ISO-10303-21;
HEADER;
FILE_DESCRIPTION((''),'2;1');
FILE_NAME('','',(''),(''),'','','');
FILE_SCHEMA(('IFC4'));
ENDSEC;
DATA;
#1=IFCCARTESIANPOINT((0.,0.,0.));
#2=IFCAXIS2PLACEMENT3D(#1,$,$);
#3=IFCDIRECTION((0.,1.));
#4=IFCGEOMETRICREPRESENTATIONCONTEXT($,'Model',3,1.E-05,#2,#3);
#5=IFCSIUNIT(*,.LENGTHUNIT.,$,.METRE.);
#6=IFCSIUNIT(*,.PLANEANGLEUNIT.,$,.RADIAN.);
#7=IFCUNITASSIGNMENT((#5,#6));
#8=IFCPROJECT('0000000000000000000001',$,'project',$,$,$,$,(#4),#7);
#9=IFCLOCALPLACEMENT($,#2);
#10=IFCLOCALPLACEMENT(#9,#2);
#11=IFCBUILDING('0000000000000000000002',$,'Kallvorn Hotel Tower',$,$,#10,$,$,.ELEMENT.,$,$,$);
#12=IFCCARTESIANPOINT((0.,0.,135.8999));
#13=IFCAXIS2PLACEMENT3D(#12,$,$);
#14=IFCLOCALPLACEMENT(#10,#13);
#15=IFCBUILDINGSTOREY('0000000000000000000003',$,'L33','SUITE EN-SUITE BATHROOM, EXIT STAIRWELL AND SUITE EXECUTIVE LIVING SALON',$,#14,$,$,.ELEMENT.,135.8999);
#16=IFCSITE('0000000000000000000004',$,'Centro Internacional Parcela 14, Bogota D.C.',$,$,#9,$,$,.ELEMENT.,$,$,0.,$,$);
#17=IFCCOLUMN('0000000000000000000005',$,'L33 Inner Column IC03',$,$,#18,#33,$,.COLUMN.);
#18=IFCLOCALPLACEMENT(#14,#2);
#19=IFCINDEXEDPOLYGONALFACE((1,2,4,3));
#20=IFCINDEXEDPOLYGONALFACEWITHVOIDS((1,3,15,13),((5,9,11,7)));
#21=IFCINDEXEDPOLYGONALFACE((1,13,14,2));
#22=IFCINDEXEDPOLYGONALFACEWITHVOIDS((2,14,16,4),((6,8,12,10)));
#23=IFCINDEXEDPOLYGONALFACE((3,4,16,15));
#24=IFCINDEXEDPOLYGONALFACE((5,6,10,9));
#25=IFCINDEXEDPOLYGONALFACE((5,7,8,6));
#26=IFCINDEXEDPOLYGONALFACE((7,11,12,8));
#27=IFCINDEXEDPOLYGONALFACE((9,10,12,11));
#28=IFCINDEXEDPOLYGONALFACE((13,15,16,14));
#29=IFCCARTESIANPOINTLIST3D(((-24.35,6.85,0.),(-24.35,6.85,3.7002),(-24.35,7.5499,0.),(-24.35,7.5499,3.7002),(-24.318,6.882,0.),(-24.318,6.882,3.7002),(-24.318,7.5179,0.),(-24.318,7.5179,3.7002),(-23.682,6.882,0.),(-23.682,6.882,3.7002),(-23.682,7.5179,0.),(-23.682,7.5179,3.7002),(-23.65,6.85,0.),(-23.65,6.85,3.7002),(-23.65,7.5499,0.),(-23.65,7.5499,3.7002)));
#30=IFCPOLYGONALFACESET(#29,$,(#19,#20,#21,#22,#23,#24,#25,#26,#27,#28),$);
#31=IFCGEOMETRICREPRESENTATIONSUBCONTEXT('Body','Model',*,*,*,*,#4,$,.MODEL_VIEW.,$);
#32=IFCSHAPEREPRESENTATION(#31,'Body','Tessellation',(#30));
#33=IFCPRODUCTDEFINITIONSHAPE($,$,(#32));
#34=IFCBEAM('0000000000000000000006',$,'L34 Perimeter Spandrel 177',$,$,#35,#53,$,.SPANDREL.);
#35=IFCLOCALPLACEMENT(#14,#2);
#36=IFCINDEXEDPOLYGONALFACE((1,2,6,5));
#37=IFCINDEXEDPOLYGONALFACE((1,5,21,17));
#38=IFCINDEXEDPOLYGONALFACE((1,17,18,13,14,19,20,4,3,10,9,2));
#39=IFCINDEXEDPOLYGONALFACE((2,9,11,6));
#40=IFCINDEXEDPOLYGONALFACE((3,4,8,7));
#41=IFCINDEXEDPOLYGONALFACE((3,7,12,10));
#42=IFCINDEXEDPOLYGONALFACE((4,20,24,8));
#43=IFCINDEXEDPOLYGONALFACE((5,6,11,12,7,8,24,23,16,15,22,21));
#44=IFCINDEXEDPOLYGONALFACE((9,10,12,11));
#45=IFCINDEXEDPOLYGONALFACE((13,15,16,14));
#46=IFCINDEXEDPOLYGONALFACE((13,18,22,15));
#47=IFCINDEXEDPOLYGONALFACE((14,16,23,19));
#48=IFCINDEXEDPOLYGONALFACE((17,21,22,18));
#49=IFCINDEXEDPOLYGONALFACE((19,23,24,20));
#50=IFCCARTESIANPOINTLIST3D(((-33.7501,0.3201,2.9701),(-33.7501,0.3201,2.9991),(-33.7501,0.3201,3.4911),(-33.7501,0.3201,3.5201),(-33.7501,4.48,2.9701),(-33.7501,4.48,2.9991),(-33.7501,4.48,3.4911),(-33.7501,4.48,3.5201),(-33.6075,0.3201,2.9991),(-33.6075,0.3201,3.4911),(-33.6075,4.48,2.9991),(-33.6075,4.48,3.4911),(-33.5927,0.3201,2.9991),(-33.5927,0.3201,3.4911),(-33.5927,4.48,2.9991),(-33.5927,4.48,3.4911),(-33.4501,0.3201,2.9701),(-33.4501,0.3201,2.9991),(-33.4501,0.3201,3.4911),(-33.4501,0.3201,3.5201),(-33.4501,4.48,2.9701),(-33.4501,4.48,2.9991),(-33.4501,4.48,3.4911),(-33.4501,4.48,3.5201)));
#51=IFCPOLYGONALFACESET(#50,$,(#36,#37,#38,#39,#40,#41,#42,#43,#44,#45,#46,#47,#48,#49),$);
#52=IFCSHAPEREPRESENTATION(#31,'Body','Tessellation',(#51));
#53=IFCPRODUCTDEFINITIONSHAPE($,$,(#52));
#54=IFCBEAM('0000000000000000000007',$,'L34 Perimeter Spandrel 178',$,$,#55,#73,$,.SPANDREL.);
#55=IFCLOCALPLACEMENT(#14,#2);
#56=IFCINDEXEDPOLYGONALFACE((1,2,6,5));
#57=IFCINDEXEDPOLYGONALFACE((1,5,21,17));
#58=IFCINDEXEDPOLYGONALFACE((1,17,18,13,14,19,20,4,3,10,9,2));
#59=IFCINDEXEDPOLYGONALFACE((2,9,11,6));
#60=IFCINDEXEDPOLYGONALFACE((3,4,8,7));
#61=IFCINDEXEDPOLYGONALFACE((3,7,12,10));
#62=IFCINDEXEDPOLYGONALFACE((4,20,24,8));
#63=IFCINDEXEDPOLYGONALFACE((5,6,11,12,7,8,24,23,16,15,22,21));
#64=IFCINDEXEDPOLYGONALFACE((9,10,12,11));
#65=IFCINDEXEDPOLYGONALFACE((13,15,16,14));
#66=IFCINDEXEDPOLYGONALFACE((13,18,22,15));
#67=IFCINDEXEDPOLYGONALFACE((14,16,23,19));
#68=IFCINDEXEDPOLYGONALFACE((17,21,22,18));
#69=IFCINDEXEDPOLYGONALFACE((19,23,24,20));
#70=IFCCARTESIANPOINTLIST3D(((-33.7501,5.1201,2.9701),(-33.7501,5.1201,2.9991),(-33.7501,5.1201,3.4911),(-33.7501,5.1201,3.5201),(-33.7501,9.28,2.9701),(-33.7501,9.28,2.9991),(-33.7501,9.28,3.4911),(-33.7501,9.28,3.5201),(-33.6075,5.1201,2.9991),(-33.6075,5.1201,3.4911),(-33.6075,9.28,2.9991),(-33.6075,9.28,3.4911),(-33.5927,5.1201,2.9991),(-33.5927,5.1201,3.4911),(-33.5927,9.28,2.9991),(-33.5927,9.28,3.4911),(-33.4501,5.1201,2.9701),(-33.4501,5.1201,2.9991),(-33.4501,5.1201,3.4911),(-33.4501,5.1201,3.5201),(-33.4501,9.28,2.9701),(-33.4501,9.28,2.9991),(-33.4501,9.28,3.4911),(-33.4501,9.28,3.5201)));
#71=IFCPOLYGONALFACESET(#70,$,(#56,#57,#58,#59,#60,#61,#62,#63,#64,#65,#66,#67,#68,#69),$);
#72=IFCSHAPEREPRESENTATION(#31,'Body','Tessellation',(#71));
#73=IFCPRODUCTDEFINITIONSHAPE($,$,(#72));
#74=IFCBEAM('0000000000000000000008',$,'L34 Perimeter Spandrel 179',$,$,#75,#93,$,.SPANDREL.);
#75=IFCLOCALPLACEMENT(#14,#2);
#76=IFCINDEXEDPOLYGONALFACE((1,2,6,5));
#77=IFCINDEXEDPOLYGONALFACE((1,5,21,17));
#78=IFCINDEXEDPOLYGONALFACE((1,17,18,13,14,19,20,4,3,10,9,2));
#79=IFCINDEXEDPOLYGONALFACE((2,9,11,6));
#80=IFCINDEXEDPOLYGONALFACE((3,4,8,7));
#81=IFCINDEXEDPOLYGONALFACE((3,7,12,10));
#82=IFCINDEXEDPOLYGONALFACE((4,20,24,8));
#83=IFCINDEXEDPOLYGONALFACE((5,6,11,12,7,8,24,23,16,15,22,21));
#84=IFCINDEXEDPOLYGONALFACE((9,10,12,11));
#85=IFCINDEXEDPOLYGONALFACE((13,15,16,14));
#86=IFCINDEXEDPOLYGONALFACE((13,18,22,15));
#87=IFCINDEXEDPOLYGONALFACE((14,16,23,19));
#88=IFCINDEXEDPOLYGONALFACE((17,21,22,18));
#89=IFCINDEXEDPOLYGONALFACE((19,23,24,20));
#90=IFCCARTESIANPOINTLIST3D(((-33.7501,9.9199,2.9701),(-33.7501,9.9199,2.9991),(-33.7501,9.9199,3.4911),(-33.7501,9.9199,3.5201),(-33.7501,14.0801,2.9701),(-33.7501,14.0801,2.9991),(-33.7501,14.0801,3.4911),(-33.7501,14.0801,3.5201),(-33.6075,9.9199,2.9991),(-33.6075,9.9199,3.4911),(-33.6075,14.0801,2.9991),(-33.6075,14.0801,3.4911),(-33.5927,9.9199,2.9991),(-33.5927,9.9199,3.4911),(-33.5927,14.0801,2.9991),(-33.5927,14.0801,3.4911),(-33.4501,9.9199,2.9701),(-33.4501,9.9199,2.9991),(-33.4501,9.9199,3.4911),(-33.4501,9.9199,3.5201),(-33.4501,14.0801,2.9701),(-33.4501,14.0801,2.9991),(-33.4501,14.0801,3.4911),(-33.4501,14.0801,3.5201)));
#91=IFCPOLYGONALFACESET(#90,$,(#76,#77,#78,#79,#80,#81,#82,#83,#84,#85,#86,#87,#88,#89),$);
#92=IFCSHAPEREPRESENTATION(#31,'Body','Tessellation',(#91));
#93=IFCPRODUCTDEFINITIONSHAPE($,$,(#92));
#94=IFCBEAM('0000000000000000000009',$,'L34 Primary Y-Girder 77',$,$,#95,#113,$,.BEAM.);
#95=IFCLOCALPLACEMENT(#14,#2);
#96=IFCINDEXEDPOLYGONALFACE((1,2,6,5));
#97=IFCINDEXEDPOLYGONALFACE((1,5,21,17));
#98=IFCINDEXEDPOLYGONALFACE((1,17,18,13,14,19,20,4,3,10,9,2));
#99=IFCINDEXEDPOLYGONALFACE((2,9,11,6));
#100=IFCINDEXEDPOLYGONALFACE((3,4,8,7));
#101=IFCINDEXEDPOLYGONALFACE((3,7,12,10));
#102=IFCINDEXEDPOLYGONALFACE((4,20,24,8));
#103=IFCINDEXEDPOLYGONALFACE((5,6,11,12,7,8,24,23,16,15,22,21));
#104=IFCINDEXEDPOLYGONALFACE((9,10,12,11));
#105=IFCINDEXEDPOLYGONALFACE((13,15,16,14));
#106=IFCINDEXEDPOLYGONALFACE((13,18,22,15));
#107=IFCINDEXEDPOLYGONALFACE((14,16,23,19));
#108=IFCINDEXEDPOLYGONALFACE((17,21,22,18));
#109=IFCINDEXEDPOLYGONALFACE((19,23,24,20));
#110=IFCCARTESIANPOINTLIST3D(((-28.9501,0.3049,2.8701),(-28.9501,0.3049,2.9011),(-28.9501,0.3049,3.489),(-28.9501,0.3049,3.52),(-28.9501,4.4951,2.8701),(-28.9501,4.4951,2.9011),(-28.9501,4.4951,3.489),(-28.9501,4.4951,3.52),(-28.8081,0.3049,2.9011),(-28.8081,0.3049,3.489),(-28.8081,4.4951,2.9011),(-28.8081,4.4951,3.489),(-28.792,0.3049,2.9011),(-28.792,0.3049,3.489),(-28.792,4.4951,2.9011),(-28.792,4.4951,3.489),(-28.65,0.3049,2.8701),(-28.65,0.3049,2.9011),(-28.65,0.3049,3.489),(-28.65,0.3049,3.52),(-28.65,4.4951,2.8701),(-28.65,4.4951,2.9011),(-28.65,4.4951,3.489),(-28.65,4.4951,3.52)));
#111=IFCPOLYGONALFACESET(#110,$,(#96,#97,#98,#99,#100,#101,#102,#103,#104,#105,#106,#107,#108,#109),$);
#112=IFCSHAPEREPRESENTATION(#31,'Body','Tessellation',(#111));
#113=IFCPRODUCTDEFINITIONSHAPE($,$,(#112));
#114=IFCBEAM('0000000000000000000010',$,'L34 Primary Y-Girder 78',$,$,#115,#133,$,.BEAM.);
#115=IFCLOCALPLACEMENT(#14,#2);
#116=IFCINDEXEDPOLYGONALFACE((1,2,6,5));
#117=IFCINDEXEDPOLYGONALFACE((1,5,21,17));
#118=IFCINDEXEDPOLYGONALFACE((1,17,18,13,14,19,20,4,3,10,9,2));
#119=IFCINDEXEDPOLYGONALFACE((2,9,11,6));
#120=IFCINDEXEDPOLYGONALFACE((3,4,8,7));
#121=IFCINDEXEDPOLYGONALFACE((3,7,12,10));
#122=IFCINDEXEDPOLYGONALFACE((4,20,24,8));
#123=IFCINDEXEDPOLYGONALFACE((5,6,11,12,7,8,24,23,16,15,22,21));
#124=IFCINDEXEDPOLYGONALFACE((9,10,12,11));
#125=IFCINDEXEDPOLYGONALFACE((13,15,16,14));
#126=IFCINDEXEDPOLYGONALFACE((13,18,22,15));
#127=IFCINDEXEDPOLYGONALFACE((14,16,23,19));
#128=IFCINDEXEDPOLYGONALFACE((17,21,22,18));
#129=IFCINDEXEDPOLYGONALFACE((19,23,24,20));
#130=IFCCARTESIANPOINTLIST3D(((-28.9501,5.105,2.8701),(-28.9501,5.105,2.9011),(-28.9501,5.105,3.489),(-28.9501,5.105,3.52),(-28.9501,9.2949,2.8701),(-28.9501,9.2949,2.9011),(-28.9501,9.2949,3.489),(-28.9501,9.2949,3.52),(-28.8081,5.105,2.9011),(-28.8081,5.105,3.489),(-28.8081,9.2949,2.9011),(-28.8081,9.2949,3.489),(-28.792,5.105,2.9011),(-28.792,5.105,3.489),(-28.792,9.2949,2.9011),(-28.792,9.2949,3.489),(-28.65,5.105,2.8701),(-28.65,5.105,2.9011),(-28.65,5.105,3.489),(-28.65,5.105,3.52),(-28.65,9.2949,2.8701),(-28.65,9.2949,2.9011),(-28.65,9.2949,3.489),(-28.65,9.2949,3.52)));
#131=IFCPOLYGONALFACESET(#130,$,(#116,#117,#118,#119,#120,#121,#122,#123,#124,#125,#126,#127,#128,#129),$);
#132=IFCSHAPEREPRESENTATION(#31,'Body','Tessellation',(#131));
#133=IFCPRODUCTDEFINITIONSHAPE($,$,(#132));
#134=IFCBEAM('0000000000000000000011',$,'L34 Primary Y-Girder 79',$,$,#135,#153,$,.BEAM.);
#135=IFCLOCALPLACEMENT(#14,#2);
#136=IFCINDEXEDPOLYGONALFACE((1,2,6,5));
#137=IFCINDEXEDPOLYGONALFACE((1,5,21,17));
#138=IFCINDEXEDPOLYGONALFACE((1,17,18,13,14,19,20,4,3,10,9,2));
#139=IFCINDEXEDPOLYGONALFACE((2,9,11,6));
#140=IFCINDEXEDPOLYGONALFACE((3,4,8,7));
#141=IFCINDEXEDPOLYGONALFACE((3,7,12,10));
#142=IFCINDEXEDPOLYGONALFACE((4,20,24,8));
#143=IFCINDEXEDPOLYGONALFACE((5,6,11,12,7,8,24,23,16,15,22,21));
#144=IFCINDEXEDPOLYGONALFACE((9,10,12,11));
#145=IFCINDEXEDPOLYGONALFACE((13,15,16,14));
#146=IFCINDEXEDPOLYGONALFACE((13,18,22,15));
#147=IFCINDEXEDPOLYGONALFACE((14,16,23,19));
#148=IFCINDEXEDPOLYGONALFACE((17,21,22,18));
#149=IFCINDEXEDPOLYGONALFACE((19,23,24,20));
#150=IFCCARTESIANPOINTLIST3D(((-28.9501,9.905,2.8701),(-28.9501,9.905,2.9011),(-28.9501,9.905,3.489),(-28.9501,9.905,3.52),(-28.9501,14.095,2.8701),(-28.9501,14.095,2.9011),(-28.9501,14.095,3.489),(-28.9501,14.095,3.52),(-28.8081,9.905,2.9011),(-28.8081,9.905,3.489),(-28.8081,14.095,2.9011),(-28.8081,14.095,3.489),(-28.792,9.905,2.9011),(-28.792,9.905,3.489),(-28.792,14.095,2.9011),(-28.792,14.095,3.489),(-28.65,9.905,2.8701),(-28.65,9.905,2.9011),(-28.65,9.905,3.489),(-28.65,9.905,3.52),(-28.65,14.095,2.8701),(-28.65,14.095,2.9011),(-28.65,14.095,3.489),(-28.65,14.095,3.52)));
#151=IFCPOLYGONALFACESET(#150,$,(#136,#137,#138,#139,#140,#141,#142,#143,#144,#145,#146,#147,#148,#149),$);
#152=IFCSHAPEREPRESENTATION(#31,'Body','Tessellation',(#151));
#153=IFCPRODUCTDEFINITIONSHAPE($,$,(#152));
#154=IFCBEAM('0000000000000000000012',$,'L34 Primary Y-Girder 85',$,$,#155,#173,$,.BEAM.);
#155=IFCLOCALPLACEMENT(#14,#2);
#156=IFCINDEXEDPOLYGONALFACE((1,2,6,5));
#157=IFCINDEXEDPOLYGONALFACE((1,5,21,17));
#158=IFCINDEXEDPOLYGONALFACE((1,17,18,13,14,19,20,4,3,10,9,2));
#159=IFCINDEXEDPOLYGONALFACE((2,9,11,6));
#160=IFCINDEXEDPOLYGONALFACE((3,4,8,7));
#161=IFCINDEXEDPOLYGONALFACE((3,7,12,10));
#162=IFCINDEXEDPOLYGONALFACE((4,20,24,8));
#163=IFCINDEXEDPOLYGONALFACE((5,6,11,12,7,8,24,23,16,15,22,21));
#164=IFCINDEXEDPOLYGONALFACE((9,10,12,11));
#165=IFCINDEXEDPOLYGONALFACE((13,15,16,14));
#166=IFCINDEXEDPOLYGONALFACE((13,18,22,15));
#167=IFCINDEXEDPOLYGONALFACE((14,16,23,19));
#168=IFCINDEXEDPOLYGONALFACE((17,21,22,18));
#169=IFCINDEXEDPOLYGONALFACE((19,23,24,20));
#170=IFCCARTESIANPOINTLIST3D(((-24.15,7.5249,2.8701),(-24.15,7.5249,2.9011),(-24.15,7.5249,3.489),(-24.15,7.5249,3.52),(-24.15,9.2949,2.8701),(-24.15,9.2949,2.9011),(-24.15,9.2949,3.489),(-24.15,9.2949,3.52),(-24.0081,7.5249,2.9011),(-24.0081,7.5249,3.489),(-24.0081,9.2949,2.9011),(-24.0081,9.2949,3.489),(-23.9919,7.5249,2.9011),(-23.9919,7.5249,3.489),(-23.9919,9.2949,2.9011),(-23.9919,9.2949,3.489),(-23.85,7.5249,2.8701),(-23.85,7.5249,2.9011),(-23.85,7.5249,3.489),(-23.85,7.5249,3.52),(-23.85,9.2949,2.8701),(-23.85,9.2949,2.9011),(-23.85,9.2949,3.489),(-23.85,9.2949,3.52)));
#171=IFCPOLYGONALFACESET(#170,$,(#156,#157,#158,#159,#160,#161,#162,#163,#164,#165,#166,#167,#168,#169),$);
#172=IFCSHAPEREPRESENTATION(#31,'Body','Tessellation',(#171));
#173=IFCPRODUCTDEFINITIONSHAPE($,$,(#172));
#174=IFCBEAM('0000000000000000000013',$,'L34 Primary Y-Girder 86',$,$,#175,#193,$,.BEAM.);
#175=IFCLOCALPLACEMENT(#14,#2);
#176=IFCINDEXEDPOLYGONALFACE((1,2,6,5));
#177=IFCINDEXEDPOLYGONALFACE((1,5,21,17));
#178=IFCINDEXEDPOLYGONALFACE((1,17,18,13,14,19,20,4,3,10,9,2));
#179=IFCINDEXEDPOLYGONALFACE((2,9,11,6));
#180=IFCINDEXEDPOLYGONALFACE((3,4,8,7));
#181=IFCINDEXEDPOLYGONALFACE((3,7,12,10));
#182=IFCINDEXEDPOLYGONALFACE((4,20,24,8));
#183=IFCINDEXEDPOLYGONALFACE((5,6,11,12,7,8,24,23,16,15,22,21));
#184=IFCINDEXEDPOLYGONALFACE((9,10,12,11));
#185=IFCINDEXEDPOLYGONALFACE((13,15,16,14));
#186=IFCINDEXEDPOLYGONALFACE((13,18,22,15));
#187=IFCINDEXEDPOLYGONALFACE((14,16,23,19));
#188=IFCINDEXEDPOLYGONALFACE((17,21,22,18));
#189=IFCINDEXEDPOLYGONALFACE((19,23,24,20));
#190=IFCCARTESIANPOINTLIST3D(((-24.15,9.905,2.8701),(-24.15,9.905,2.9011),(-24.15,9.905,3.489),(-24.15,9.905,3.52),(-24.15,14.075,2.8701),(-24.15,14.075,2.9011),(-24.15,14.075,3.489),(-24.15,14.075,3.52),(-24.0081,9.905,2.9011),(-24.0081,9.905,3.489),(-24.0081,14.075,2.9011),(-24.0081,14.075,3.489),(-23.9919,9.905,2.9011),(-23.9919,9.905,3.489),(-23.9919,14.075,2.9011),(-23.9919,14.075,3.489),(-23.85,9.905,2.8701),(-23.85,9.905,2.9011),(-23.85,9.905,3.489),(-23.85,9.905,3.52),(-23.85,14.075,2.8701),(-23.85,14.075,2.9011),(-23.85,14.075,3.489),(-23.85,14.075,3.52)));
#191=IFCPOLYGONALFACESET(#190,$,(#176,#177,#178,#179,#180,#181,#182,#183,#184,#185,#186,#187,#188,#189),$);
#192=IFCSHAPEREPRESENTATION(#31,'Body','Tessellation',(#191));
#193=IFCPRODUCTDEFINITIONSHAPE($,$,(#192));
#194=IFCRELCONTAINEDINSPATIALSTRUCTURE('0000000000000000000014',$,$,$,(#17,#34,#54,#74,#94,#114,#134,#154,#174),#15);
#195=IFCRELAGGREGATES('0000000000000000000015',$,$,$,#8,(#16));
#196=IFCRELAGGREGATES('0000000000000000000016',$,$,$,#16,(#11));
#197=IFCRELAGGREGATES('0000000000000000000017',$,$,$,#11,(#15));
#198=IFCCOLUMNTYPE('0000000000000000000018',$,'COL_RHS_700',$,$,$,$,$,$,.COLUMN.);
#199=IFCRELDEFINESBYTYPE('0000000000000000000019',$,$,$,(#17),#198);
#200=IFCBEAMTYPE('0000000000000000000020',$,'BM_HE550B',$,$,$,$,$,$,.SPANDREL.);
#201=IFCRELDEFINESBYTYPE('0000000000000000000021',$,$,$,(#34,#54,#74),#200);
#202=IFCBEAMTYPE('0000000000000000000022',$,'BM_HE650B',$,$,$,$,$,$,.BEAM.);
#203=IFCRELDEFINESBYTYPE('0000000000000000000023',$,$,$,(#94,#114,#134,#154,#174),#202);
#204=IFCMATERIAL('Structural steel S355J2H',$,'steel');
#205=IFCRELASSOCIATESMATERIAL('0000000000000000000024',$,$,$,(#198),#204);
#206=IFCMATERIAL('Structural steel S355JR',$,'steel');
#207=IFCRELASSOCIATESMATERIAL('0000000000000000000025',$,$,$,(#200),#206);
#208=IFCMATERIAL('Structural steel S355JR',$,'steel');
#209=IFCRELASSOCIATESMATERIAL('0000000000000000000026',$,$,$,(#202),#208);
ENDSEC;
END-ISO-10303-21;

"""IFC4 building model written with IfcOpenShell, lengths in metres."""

from ifc_helpers import new_model, si_unit, direction, frame, origin, origin_2d, place, context, subcontext, project, spatial, hollow_rectangle, i_section, extrude, material, material_profile, profile_set, type_object, element, save


model = new_model("IFC4")

# Units and contexts
model_context = context("Model", 3, precision=1e-05, world=origin(), true_north=direction((0.0, 1.0)))
body_context = subcontext(model_context, "Body", "Model", "MODEL_VIEW")
ifc_project = project(units=[si_unit("LENGTHUNIT", "METRE"), si_unit("PLANEANGLEUNIT", "RADIAN")], contexts=[model_context])

# Site, building, storey
site_placement = place(None, origin())
site = spatial("IfcSite", under=ifc_project, at=site_placement, Name="Centro Internacional Parcela 14, Bogota D.C.", CompositionType="ELEMENT", RefElevation=0.0)
building_placement = place(site_placement, origin())
building = spatial("IfcBuilding", under=site, at=building_placement, Name="Kallvorn Hotel Tower", CompositionType="ELEMENT")
storey_placement = place(building_placement, frame((0.0, 0.0, 135.8999)))
storey = spatial("IfcBuildingStorey", under=building, at=storey_placement, Name="L33", Description="SUITE EN-SUITE BATHROOM, EXIT STAIRWELL AND SUITE EXECUTIVE LIVING SALON", CompositionType="ELEMENT", Elevation=135.8999)

# Column
ifc_material_1 = material(Name="Structural steel S355J2H", Category="steel")
ifc_material_profile_1 = material_profile(ifc_material_1, hollow_rectangle(XDim=0.7, YDim=0.7, WallThickness=0.032, at=origin_2d()), Name="RHS 700x700x32")
ifc_profile_set_1 = profile_set([ifc_material_profile_1], Name="Structural steel S355J2H")
column_type_1 = type_object("IfcColumnType", Name="COL_RHS_700", PredefinedType="COLUMN", material=ifc_profile_set_1)
column_placement = place(storey_placement, frame((-24.0, 7.2, 0.0), z_axis=(0.0, 0.0, 1.0), x_axis=(1.0, 0.0, 0.0)))
element("IfcColumn", 1, at=column_placement, inside=storey, type_object=column_type_1, Name="L33 Inner Column IC03", PredefinedType="COLUMN", context=body_context, shape_type="SweptSolid", body=[
    extrude(hollow_rectangle(XDim=0.7, YDim=0.7, WallThickness=0.032, at=origin_2d()), origin(), (0.0, 0.0, 1.0), 3.7002),
])

# Beams
ifc_material_2 = material(Name="Structural steel S355JR", Category="steel")
ifc_material_profile_2 = material_profile(ifc_material_2, i_section(OverallWidth=0.3, OverallDepth=0.55, WebThickness=0.0149, FlangeThickness=0.0291, at=origin_2d()), Name="HE 550 B")
ifc_profile_set_2 = profile_set([ifc_material_profile_2], Name="Structural steel S355JR")
beam_type_1 = type_object("IfcBeamType", Name="BM_HE550B", PredefinedType="SPANDREL", material=ifc_profile_set_2)
for number, where, z_axis, x_axis, name in (
    (2, (-33.6001, 0.3201, 3.2451), (0.0, 1.0, 0.0), (-1.0, 0.0, 0.0), "L34 Perimeter Spandrel 177"),
    (3, (-33.6001, 5.1201, 3.2451), (0.0, 1.0, 0.0), (-1.0, 0.0, 0.0), "L34 Perimeter Spandrel 178"),
):
    element("IfcBeam", number, at=place(storey_placement, frame(where, z_axis=z_axis, x_axis=x_axis)), inside=storey, type_object=beam_type_1, Name=name, PredefinedType="SPANDREL", context=body_context, shape_type="SweptSolid", body=[
        extrude(i_section(OverallWidth=0.3, OverallDepth=0.55, WebThickness=0.0149, FlangeThickness=0.0291, at=origin_2d()), origin(), (0.0, 0.0, 1.0), 4.1599),
    ])
beam_1_placement = place(storey_placement, frame((-33.6001, 9.9199, 3.2451), z_axis=(0.0, 1.0, 0.0), x_axis=(-1.0, 0.0, 0.0)))
element("IfcBeam", 4, at=beam_1_placement, inside=storey, type_object=beam_type_1, Name="L34 Perimeter Spandrel 179", PredefinedType="SPANDREL", context=body_context, shape_type="SweptSolid", body=[
    extrude(i_section(OverallWidth=0.3, OverallDepth=0.55, WebThickness=0.0149, FlangeThickness=0.0291, at=origin_2d()), origin(), (0.0, 0.0, 1.0), 4.1602),
])
ifc_material_3 = material(Name="Structural steel S355JR", Category="steel")
ifc_material_profile_3 = material_profile(ifc_material_3, i_section(OverallWidth=0.3, OverallDepth=0.6499, WebThickness=0.0161, FlangeThickness=0.031, at=origin_2d()), Name="HE 650 B")
ifc_profile_set_3 = profile_set([ifc_material_profile_3], Name="Structural steel S355JR")
beam_type_2 = type_object("IfcBeamType", Name="BM_HE650B", PredefinedType="BEAM", material=ifc_profile_set_3)
beam_2_placement = place(storey_placement, frame((-28.8, 0.3049, 3.1951), z_axis=(0.0, 1.0, 0.0), x_axis=(-1.0, 0.0, 0.0)))
element("IfcBeam", 5, at=beam_2_placement, inside=storey, type_object=beam_type_2, Name="L34 Primary Y-Girder 77", PredefinedType="BEAM", context=body_context, shape_type="SweptSolid", body=[
    extrude(i_section(OverallWidth=0.3, OverallDepth=0.6499, WebThickness=0.0161, FlangeThickness=0.031, at=origin_2d()), origin(), (0.0, 0.0, 1.0), 4.1902),
])
for number, where, z_axis, x_axis, name in (
    (6, (-28.8, 5.105, 3.1951), (0.0, 1.0, 0.0), (-1.0, 0.0, 0.0), "L34 Primary Y-Girder 78"),
    (7, (-28.8, 9.905, 3.1951), (0.0, 1.0, 0.0), (-1.0, 0.0, 0.0), "L34 Primary Y-Girder 79"),
):
    element("IfcBeam", number, at=place(storey_placement, frame(where, z_axis=z_axis, x_axis=x_axis)), inside=storey, type_object=beam_type_2, Name=name, PredefinedType="BEAM", context=body_context, shape_type="SweptSolid", body=[
        extrude(i_section(OverallWidth=0.3, OverallDepth=0.6499, WebThickness=0.0161, FlangeThickness=0.031, at=origin_2d()), origin(), (0.0, 0.0, 1.0), 4.1899),
    ])
beam_3_placement = place(storey_placement, frame((-24.0, 7.5249, 3.1951), z_axis=(0.0, 1.0, 0.0), x_axis=(-1.0, 0.0, 0.0)))
element("IfcBeam", 8, at=beam_3_placement, inside=storey, type_object=beam_type_2, Name="L34 Primary Y-Girder 85", PredefinedType="BEAM", context=body_context, shape_type="SweptSolid", body=[
    extrude(i_section(OverallWidth=0.3, OverallDepth=0.6499, WebThickness=0.0161, FlangeThickness=0.031, at=origin_2d()), origin(), (0.0, 0.0, 1.0), 1.77),
])
beam_4_placement = place(storey_placement, frame((-24.0, 9.905, 3.1951), z_axis=(0.0, 1.0, 0.0), x_axis=(-1.0, 0.0, 0.0)))
element("IfcBeam", 9, at=beam_4_placement, inside=storey, type_object=beam_type_2, Name="L34 Primary Y-Girder 86", PredefinedType="BEAM", context=body_context, shape_type="SweptSolid", body=[
    extrude(i_section(OverallWidth=0.3, OverallDepth=0.6499, WebThickness=0.0161, FlangeThickness=0.031, at=origin_2d()), origin(), (0.0, 0.0, 1.0), 4.1699),
])

save(model, "model.ifc")
